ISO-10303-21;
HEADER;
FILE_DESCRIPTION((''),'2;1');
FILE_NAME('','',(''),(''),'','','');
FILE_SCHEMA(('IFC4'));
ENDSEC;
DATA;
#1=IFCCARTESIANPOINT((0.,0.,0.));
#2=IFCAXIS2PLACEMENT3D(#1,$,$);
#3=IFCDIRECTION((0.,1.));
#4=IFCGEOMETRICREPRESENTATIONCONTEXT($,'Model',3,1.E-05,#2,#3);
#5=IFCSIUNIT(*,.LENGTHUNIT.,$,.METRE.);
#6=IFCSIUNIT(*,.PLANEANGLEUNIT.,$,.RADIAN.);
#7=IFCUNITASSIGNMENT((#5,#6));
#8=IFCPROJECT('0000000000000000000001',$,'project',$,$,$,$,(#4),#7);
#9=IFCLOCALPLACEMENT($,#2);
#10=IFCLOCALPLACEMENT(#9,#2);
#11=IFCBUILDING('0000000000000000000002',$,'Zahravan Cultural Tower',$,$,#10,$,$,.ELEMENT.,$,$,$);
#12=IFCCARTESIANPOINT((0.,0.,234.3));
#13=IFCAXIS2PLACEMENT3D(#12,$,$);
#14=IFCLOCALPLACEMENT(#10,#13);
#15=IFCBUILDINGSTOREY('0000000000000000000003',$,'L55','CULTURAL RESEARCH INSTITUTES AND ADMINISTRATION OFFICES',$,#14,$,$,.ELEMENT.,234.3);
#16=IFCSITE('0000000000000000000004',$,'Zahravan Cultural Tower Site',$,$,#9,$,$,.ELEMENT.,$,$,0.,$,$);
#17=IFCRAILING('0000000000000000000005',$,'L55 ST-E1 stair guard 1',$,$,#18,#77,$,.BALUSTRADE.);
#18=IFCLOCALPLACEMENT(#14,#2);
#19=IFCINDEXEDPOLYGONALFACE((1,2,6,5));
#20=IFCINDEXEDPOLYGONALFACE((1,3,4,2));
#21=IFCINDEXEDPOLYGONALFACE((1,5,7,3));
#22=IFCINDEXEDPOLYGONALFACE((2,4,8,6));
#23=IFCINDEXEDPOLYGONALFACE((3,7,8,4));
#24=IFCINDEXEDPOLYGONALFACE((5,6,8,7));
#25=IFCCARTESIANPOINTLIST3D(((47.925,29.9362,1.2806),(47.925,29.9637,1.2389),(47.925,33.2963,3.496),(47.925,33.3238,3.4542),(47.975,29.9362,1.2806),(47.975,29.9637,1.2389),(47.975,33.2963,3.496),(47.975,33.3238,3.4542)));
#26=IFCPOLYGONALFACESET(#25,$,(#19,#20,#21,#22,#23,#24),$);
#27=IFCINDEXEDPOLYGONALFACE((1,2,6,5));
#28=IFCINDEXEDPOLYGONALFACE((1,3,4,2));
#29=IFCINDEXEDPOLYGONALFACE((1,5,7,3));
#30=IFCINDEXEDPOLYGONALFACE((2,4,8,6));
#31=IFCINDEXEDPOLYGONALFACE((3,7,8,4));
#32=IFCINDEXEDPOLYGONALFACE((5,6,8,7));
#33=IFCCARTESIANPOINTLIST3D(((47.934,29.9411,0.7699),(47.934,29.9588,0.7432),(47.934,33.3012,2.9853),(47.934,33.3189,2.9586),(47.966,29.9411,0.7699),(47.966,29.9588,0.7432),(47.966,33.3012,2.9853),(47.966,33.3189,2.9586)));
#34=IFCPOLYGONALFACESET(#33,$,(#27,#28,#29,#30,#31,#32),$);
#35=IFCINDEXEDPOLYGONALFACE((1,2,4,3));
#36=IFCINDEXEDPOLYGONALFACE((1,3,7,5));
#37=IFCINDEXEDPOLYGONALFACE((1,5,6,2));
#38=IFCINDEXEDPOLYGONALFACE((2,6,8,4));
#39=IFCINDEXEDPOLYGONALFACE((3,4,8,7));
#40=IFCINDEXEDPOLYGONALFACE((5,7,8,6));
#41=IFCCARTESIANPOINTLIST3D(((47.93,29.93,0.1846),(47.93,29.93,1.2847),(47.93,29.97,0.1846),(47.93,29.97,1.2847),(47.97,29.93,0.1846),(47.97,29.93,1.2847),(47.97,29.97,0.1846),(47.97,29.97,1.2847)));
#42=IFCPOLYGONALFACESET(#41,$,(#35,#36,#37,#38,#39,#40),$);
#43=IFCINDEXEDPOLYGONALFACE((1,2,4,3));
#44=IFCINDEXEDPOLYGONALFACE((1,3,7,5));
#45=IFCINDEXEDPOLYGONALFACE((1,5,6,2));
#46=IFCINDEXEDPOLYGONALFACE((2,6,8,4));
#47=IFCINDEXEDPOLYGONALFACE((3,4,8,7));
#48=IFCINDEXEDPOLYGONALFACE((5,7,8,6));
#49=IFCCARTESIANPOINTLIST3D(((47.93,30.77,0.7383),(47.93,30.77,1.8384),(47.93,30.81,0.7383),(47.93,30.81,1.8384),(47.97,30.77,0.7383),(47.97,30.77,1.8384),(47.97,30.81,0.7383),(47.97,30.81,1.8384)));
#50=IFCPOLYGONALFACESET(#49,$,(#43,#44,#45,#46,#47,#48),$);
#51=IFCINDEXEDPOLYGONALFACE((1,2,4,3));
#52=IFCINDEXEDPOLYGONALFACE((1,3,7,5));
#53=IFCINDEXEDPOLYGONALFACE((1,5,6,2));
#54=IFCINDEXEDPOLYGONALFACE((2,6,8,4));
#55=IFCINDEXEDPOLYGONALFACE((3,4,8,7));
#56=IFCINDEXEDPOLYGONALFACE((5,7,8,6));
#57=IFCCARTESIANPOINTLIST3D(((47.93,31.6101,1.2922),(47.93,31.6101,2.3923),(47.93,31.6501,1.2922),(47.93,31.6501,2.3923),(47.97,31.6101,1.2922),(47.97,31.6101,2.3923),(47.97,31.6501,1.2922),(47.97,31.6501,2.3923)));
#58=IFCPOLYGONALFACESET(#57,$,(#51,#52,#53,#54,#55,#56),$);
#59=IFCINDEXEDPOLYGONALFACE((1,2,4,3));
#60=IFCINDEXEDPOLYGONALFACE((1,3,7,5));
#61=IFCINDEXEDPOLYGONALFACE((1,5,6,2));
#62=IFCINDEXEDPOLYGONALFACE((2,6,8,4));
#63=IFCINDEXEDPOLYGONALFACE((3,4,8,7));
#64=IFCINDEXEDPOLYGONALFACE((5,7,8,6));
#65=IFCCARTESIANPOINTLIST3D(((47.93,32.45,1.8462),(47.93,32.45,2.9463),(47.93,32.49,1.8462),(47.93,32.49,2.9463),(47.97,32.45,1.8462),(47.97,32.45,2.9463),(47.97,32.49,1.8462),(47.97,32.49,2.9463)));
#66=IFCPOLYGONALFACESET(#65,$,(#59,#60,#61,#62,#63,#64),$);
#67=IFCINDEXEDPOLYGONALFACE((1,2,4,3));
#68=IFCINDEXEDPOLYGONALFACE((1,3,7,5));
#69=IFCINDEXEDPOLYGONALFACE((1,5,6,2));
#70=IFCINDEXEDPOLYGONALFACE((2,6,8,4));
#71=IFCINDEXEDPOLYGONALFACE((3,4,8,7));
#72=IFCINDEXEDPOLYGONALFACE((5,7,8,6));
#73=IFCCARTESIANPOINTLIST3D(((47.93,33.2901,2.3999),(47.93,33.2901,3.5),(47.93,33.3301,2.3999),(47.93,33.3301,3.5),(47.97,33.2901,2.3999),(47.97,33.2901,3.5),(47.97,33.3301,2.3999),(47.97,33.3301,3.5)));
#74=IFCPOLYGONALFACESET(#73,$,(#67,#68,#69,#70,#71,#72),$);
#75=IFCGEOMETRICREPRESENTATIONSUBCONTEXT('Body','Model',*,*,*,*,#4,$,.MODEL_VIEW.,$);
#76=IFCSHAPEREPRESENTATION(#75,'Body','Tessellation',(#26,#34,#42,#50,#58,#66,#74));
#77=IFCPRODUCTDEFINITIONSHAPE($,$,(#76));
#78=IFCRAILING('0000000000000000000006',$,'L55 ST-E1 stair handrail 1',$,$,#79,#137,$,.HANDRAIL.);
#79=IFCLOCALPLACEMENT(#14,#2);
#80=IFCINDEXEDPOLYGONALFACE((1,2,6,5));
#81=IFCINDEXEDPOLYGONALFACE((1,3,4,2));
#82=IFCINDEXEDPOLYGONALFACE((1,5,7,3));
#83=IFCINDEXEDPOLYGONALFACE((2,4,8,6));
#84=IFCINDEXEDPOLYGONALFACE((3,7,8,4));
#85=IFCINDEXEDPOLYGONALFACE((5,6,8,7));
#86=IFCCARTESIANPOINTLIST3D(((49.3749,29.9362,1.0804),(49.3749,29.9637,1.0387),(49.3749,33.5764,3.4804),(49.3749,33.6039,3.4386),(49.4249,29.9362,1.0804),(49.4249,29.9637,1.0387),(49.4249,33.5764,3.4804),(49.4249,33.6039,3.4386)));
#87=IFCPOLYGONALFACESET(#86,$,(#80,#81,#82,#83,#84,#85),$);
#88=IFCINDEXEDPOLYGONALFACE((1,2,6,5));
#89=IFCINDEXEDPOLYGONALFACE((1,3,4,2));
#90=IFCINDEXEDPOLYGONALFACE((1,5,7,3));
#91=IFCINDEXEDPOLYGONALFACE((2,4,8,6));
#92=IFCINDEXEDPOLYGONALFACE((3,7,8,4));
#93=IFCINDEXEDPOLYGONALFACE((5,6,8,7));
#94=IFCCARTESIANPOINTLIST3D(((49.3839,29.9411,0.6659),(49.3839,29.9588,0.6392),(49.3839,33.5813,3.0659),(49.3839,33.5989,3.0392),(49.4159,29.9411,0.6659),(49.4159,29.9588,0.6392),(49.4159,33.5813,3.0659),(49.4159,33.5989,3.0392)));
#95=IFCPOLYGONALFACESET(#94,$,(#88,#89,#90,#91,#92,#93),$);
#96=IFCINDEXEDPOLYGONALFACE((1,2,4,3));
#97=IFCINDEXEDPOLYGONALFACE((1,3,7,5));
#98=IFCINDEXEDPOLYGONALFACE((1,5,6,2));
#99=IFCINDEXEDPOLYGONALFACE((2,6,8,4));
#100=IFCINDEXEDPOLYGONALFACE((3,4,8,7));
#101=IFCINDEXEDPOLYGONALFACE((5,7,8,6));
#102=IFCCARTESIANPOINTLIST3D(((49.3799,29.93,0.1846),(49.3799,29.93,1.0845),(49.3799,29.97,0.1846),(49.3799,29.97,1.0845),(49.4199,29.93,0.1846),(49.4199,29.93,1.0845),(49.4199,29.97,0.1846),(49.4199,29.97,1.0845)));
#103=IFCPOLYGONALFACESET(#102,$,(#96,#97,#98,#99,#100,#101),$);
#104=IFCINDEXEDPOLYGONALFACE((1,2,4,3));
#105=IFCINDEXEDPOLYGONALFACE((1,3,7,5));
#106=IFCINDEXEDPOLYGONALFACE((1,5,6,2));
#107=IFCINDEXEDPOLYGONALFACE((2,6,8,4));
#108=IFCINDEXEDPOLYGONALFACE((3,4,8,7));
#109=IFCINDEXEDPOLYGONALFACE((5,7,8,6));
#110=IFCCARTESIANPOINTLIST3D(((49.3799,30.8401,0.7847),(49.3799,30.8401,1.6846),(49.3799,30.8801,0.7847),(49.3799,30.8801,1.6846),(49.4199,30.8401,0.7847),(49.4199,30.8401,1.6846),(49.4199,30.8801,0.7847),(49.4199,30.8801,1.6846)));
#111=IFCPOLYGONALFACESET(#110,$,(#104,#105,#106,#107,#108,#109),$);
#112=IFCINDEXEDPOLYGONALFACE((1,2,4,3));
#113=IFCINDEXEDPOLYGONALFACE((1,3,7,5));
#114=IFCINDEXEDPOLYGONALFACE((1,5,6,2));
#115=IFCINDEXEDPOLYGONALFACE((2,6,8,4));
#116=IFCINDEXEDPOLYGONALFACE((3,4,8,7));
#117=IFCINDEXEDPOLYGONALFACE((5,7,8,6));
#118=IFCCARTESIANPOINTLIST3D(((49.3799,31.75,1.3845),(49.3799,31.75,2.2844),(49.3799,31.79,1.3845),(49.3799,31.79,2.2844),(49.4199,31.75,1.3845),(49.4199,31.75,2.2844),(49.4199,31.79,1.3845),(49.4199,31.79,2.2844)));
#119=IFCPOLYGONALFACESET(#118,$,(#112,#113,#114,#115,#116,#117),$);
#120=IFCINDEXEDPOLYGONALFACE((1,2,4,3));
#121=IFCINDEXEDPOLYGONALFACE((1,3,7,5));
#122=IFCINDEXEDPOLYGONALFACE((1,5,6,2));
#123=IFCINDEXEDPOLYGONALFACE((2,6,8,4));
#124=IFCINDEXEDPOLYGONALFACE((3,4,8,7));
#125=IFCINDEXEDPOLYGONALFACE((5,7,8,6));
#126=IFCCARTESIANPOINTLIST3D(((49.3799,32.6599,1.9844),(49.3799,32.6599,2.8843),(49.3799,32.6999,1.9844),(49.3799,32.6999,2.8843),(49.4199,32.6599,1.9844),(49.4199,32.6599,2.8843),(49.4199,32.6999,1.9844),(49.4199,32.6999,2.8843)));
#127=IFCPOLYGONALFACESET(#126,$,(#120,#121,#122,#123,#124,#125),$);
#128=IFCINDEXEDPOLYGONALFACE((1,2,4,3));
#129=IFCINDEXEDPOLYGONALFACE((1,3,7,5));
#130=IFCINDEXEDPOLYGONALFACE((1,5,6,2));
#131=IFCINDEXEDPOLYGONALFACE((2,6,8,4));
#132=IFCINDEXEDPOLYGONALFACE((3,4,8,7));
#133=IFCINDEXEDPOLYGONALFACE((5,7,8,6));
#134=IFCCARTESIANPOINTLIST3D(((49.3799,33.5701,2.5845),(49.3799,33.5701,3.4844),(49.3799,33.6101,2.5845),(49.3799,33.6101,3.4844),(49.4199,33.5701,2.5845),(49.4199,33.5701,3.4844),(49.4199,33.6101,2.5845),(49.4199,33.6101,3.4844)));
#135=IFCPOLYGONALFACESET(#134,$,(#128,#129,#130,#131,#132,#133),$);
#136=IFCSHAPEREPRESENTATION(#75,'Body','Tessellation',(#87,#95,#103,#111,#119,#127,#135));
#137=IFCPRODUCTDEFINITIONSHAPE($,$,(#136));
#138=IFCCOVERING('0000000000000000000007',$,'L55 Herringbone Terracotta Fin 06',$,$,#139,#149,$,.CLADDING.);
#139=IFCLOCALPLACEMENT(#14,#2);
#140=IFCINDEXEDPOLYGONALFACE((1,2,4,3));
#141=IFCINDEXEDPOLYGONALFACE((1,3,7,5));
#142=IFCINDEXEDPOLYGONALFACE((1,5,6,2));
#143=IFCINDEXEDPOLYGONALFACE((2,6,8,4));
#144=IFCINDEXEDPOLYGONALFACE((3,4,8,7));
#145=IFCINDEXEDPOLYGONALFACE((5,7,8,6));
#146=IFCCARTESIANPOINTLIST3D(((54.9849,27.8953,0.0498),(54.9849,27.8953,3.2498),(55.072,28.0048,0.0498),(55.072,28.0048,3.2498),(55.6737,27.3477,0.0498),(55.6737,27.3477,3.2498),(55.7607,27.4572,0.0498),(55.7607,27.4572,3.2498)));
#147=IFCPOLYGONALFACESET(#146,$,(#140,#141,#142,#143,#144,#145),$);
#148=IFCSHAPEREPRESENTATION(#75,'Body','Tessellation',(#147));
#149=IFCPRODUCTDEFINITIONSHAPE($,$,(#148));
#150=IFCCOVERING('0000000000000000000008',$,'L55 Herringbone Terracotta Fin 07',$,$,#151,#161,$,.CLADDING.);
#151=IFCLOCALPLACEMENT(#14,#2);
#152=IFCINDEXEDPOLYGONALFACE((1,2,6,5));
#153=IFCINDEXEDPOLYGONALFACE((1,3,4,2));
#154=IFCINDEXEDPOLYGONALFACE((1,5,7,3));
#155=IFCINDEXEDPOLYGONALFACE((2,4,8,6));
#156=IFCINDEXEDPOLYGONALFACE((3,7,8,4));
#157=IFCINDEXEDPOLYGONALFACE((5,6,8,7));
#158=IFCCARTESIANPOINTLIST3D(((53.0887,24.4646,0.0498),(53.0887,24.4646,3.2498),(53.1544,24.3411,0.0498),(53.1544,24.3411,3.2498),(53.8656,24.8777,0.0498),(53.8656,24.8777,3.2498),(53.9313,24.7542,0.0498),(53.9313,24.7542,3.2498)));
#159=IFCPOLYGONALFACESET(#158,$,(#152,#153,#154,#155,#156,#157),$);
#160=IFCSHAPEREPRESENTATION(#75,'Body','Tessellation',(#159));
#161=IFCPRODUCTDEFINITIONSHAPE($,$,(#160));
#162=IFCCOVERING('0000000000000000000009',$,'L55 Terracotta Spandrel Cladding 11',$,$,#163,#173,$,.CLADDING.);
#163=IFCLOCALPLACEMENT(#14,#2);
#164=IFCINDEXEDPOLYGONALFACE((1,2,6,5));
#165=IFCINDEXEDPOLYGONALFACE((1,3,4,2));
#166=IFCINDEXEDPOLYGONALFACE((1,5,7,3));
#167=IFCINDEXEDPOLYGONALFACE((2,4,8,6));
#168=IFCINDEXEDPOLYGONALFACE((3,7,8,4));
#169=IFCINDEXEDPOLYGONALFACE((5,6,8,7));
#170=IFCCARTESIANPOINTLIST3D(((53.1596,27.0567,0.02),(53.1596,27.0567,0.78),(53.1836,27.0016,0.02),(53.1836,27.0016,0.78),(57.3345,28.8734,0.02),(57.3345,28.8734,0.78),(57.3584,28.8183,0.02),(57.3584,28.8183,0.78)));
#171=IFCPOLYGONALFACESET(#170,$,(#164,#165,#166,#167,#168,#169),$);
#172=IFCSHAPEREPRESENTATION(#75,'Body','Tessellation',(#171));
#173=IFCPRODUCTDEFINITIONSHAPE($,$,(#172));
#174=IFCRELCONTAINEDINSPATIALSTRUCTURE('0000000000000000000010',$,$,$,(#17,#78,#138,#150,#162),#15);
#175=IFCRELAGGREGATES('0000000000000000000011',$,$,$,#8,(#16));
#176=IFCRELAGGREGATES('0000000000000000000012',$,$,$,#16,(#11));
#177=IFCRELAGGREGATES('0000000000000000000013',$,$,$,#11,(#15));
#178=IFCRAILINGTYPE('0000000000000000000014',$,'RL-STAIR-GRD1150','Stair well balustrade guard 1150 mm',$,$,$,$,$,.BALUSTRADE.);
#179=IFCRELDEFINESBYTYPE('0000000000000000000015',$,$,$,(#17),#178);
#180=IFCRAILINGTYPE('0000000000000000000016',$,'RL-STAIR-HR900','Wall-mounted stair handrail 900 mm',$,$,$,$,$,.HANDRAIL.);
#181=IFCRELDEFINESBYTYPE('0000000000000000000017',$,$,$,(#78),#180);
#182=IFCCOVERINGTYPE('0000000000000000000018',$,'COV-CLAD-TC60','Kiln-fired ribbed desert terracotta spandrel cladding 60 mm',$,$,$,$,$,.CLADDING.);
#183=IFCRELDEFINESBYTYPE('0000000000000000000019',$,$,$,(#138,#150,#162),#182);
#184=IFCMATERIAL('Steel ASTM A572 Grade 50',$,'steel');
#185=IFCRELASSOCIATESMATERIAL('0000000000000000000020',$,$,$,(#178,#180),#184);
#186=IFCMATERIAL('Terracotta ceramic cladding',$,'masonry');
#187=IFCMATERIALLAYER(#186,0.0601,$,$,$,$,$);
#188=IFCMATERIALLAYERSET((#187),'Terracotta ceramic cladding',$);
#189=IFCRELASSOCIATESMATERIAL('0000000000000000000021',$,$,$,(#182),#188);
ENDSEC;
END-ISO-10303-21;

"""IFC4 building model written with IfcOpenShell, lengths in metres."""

from ifc_helpers import new_model, si_unit, direction, frame, origin, origin_2d, place, context, subcontext, project, spatial, rectangle, extrude, source, transform, mapped, material, layer, layer_set, type_object, element, save


model = new_model("IFC4")

# Units and contexts
model_context = context("Model", 3, precision=1e-05, world=origin(), true_north=direction((0.0, 1.0)))
body_context = subcontext(model_context, "Body", "Model", "MODEL_VIEW")
ifc_project = project(units=[si_unit("LENGTHUNIT", "METRE"), si_unit("PLANEANGLEUNIT", "RADIAN")], contexts=[model_context])

# Site, building, storey
site_placement = place(None, origin())
site = spatial("IfcSite", under=ifc_project, at=site_placement, Name="Zahravan Cultural Tower Site", CompositionType="ELEMENT", RefElevation=0.0)
building_placement = place(site_placement, origin())
building = spatial("IfcBuilding", under=site, at=building_placement, Name="Zahravan Cultural Tower", CompositionType="ELEMENT")
storey_placement = place(building_placement, frame((0.0, 0.0, 234.3)))
storey = spatial("IfcBuildingStorey", under=building, at=storey_placement, Name="L55", Description="CULTURAL RESEARCH INSTITUTES AND ADMINISTRATION OFFICES", CompositionType="ELEMENT", Elevation=234.3)

# Shared definitions
ifc_material_1 = material(Name="Steel ASTM A572 Grade 50", Category="steel")

# Railings
railing_type_1 = type_object("IfcRailingType", Name="RL-STAIR-GRD1150", Description="Stair well balustrade guard 1150 mm", PredefinedType="BALUSTRADE", material=ifc_material_1)
railing_1_placement = place(storey_placement, frame((47.95, 29.95, 0.1846)))
element("IfcRailing", 1, at=railing_1_placement, inside=storey, type_object=railing_type_1, Name="L55 ST-E1 stair guard 1", PredefinedType="BALUSTRADE", context=body_context, shape_type="SweptSolid", body=[
    extrude(rectangle(XDim=0.05, YDim=0.05, at=origin_2d()), frame((0.0, 0.0, 1.0752), z_axis=(0.0, 0.834876, 0.550437), x_axis=(-1.0, 0.0, 0.0)), (0.0, 0.0, 1.0), 4.0247),
    extrude(rectangle(XDim=0.032, YDim=0.032, at=origin_2d()), frame((0.0, 0.0, 0.572), z_axis=(0.0, 0.834876, 0.550437), x_axis=(-1.0, 0.0, 0.0)), (0.0, 0.0, 1.0), 4.0247),
    extrude(rectangle(XDim=0.04, YDim=0.04, at=origin_2d()), origin(), (0.0, 0.0, 1.0), 1.1001),
    extrude(rectangle(XDim=0.04, YDim=0.04, at=origin_2d()), frame((0.0, 0.8401, 0.5537)), (0.0, 0.0, 1.0), 1.1001),
    extrude(rectangle(XDim=0.04, YDim=0.04, at=origin_2d()), frame((0.0, 1.6802, 1.1077)), (0.0, 0.0, 1.0), 1.1001),
    extrude(rectangle(XDim=0.04, YDim=0.04, at=origin_2d()), frame((0.0, 2.52, 1.6616)), (0.0, 0.0, 1.0), 1.1001),
    extrude(rectangle(XDim=0.04, YDim=0.04, at=origin_2d()), frame((0.0, 3.3601, 2.2153)), (0.0, 0.0, 1.0), 1.1001),
])
railing_type_2 = type_object("IfcRailingType", Name="RL-STAIR-HR900", Description="Wall-mounted stair handrail 900 mm", PredefinedType="HANDRAIL", material=ifc_material_1)
railing_2_placement = place(storey_placement, frame((49.3999, 29.95, 0.1846)))
element("IfcRailing", 2, at=railing_2_placement, inside=storey, type_object=railing_type_2, Name="L55 ST-E1 stair handrail 1", PredefinedType="HANDRAIL", context=body_context, shape_type="SweptSolid", body=[
    extrude(rectangle(XDim=0.05, YDim=0.05, at=origin_2d()), frame((0.0, 0.0, 0.875), z_axis=(0.0, 0.834882, 0.550429), x_axis=(-1.0, 0.0, 0.0)), (0.0, 0.0, 1.0), 4.3601),
    extrude(rectangle(XDim=0.032, YDim=0.032, at=origin_2d()), frame((0.0, 0.0, 0.468), z_axis=(0.0, 0.834882, 0.550429), x_axis=(-1.0, 0.0, 0.0)), (0.0, 0.0, 1.0), 4.3601),
    extrude(rectangle(XDim=0.04, YDim=0.04, at=origin_2d()), origin(), (0.0, 0.0, 1.0), 0.8999),
    extrude(rectangle(XDim=0.04, YDim=0.04, at=origin_2d()), frame((0.0, 0.9102, 0.6001)), (0.0, 0.0, 1.0), 0.8999),
    extrude(rectangle(XDim=0.04, YDim=0.04, at=origin_2d()), frame((0.0, 1.8201, 1.2)), (0.0, 0.0, 1.0), 0.8999),
    extrude(rectangle(XDim=0.04, YDim=0.04, at=origin_2d()), frame((0.0, 2.73, 1.7998)), (0.0, 0.0, 1.0), 0.8999),
    extrude(rectangle(XDim=0.04, YDim=0.04, at=origin_2d()), frame((0.0, 3.6401, 2.3999)), (0.0, 0.0, 1.0), 0.8999),
])

# Coverings
ifc_material_2 = material(Name="Terracotta ceramic cladding", Category="masonry")
ifc_layer_1 = layer(ifc_material_2, 0.0601)
ifc_layer_set_1 = layer_set([ifc_layer_1], Name="Terracotta ceramic cladding")
covering_type = type_object("IfcCoveringType", Name="COV-CLAD-TC60", Description="Kiln-fired ribbed desert terracotta spandrel cladding 60 mm", PredefinedType="CLADDING", material=ifc_layer_set_1)
shared_shape_1 = source(origin(), body_context, "Body", "SweptSolid", [
    extrude(rectangle(XDim=0.8799, YDim=0.1399, at=origin_2d()), origin(), (0.0, 0.0, 1.0), 3.2),
])
for number, where, z_axis, x_axis, name in (
    (3, (55.3728, 27.6763, 0.0498), (0.0, 0.0, 1.0), (0.782782, -0.622296, 0.0), "L55 Herringbone Terracotta Fin 06"),
    (4, (53.51, 24.6094, 0.0498), (0.0, 0.0, 1.0), (0.882948, 0.469472, 0.0), "L55 Herringbone Terracotta Fin 07"),
):
    element("IfcCovering", number, at=place(storey_placement, frame(where, z_axis=z_axis, x_axis=x_axis)), inside=storey, type_object=covering_type, Name=name, PredefinedType="CLADDING", context=body_context, shape_type="MappedRepresentation", body=[
        mapped(shared_shape_1, transform((0.0, 0.0, 0.0), x_axis=(1.0, 0.0, 0.0), y_axis=(0.0, 1.0, 0.0), z_axis=(0.0, 0.0, 1.0), scale=1.0)),
    ])
shared_shape_2 = source(origin(), body_context, "Body", "SweptSolid", [
    extrude(rectangle(XDim=4.553, YDim=0.0601, at=origin_2d()), origin(), (0.0, 0.0, 1.0), 0.76),
])
covering_placement = place(storey_placement, frame((55.259, 27.9375, 0.02), z_axis=(0.0, 0.0, 1.0), x_axis=(-0.916949, -0.399005, 0.0)))
element("IfcCovering", 5, at=covering_placement, inside=storey, type_object=covering_type, Name="L55 Terracotta Spandrel Cladding 11", PredefinedType="CLADDING", context=body_context, shape_type="MappedRepresentation", body=[
    mapped(shared_shape_2, transform((0.0, 0.0, 0.0), x_axis=(1.0, 0.0, 0.0), y_axis=(0.0, 1.0, 0.0), z_axis=(0.0, 0.0, 1.0), scale=1.0)),
])

save(model, "model.ifc")
